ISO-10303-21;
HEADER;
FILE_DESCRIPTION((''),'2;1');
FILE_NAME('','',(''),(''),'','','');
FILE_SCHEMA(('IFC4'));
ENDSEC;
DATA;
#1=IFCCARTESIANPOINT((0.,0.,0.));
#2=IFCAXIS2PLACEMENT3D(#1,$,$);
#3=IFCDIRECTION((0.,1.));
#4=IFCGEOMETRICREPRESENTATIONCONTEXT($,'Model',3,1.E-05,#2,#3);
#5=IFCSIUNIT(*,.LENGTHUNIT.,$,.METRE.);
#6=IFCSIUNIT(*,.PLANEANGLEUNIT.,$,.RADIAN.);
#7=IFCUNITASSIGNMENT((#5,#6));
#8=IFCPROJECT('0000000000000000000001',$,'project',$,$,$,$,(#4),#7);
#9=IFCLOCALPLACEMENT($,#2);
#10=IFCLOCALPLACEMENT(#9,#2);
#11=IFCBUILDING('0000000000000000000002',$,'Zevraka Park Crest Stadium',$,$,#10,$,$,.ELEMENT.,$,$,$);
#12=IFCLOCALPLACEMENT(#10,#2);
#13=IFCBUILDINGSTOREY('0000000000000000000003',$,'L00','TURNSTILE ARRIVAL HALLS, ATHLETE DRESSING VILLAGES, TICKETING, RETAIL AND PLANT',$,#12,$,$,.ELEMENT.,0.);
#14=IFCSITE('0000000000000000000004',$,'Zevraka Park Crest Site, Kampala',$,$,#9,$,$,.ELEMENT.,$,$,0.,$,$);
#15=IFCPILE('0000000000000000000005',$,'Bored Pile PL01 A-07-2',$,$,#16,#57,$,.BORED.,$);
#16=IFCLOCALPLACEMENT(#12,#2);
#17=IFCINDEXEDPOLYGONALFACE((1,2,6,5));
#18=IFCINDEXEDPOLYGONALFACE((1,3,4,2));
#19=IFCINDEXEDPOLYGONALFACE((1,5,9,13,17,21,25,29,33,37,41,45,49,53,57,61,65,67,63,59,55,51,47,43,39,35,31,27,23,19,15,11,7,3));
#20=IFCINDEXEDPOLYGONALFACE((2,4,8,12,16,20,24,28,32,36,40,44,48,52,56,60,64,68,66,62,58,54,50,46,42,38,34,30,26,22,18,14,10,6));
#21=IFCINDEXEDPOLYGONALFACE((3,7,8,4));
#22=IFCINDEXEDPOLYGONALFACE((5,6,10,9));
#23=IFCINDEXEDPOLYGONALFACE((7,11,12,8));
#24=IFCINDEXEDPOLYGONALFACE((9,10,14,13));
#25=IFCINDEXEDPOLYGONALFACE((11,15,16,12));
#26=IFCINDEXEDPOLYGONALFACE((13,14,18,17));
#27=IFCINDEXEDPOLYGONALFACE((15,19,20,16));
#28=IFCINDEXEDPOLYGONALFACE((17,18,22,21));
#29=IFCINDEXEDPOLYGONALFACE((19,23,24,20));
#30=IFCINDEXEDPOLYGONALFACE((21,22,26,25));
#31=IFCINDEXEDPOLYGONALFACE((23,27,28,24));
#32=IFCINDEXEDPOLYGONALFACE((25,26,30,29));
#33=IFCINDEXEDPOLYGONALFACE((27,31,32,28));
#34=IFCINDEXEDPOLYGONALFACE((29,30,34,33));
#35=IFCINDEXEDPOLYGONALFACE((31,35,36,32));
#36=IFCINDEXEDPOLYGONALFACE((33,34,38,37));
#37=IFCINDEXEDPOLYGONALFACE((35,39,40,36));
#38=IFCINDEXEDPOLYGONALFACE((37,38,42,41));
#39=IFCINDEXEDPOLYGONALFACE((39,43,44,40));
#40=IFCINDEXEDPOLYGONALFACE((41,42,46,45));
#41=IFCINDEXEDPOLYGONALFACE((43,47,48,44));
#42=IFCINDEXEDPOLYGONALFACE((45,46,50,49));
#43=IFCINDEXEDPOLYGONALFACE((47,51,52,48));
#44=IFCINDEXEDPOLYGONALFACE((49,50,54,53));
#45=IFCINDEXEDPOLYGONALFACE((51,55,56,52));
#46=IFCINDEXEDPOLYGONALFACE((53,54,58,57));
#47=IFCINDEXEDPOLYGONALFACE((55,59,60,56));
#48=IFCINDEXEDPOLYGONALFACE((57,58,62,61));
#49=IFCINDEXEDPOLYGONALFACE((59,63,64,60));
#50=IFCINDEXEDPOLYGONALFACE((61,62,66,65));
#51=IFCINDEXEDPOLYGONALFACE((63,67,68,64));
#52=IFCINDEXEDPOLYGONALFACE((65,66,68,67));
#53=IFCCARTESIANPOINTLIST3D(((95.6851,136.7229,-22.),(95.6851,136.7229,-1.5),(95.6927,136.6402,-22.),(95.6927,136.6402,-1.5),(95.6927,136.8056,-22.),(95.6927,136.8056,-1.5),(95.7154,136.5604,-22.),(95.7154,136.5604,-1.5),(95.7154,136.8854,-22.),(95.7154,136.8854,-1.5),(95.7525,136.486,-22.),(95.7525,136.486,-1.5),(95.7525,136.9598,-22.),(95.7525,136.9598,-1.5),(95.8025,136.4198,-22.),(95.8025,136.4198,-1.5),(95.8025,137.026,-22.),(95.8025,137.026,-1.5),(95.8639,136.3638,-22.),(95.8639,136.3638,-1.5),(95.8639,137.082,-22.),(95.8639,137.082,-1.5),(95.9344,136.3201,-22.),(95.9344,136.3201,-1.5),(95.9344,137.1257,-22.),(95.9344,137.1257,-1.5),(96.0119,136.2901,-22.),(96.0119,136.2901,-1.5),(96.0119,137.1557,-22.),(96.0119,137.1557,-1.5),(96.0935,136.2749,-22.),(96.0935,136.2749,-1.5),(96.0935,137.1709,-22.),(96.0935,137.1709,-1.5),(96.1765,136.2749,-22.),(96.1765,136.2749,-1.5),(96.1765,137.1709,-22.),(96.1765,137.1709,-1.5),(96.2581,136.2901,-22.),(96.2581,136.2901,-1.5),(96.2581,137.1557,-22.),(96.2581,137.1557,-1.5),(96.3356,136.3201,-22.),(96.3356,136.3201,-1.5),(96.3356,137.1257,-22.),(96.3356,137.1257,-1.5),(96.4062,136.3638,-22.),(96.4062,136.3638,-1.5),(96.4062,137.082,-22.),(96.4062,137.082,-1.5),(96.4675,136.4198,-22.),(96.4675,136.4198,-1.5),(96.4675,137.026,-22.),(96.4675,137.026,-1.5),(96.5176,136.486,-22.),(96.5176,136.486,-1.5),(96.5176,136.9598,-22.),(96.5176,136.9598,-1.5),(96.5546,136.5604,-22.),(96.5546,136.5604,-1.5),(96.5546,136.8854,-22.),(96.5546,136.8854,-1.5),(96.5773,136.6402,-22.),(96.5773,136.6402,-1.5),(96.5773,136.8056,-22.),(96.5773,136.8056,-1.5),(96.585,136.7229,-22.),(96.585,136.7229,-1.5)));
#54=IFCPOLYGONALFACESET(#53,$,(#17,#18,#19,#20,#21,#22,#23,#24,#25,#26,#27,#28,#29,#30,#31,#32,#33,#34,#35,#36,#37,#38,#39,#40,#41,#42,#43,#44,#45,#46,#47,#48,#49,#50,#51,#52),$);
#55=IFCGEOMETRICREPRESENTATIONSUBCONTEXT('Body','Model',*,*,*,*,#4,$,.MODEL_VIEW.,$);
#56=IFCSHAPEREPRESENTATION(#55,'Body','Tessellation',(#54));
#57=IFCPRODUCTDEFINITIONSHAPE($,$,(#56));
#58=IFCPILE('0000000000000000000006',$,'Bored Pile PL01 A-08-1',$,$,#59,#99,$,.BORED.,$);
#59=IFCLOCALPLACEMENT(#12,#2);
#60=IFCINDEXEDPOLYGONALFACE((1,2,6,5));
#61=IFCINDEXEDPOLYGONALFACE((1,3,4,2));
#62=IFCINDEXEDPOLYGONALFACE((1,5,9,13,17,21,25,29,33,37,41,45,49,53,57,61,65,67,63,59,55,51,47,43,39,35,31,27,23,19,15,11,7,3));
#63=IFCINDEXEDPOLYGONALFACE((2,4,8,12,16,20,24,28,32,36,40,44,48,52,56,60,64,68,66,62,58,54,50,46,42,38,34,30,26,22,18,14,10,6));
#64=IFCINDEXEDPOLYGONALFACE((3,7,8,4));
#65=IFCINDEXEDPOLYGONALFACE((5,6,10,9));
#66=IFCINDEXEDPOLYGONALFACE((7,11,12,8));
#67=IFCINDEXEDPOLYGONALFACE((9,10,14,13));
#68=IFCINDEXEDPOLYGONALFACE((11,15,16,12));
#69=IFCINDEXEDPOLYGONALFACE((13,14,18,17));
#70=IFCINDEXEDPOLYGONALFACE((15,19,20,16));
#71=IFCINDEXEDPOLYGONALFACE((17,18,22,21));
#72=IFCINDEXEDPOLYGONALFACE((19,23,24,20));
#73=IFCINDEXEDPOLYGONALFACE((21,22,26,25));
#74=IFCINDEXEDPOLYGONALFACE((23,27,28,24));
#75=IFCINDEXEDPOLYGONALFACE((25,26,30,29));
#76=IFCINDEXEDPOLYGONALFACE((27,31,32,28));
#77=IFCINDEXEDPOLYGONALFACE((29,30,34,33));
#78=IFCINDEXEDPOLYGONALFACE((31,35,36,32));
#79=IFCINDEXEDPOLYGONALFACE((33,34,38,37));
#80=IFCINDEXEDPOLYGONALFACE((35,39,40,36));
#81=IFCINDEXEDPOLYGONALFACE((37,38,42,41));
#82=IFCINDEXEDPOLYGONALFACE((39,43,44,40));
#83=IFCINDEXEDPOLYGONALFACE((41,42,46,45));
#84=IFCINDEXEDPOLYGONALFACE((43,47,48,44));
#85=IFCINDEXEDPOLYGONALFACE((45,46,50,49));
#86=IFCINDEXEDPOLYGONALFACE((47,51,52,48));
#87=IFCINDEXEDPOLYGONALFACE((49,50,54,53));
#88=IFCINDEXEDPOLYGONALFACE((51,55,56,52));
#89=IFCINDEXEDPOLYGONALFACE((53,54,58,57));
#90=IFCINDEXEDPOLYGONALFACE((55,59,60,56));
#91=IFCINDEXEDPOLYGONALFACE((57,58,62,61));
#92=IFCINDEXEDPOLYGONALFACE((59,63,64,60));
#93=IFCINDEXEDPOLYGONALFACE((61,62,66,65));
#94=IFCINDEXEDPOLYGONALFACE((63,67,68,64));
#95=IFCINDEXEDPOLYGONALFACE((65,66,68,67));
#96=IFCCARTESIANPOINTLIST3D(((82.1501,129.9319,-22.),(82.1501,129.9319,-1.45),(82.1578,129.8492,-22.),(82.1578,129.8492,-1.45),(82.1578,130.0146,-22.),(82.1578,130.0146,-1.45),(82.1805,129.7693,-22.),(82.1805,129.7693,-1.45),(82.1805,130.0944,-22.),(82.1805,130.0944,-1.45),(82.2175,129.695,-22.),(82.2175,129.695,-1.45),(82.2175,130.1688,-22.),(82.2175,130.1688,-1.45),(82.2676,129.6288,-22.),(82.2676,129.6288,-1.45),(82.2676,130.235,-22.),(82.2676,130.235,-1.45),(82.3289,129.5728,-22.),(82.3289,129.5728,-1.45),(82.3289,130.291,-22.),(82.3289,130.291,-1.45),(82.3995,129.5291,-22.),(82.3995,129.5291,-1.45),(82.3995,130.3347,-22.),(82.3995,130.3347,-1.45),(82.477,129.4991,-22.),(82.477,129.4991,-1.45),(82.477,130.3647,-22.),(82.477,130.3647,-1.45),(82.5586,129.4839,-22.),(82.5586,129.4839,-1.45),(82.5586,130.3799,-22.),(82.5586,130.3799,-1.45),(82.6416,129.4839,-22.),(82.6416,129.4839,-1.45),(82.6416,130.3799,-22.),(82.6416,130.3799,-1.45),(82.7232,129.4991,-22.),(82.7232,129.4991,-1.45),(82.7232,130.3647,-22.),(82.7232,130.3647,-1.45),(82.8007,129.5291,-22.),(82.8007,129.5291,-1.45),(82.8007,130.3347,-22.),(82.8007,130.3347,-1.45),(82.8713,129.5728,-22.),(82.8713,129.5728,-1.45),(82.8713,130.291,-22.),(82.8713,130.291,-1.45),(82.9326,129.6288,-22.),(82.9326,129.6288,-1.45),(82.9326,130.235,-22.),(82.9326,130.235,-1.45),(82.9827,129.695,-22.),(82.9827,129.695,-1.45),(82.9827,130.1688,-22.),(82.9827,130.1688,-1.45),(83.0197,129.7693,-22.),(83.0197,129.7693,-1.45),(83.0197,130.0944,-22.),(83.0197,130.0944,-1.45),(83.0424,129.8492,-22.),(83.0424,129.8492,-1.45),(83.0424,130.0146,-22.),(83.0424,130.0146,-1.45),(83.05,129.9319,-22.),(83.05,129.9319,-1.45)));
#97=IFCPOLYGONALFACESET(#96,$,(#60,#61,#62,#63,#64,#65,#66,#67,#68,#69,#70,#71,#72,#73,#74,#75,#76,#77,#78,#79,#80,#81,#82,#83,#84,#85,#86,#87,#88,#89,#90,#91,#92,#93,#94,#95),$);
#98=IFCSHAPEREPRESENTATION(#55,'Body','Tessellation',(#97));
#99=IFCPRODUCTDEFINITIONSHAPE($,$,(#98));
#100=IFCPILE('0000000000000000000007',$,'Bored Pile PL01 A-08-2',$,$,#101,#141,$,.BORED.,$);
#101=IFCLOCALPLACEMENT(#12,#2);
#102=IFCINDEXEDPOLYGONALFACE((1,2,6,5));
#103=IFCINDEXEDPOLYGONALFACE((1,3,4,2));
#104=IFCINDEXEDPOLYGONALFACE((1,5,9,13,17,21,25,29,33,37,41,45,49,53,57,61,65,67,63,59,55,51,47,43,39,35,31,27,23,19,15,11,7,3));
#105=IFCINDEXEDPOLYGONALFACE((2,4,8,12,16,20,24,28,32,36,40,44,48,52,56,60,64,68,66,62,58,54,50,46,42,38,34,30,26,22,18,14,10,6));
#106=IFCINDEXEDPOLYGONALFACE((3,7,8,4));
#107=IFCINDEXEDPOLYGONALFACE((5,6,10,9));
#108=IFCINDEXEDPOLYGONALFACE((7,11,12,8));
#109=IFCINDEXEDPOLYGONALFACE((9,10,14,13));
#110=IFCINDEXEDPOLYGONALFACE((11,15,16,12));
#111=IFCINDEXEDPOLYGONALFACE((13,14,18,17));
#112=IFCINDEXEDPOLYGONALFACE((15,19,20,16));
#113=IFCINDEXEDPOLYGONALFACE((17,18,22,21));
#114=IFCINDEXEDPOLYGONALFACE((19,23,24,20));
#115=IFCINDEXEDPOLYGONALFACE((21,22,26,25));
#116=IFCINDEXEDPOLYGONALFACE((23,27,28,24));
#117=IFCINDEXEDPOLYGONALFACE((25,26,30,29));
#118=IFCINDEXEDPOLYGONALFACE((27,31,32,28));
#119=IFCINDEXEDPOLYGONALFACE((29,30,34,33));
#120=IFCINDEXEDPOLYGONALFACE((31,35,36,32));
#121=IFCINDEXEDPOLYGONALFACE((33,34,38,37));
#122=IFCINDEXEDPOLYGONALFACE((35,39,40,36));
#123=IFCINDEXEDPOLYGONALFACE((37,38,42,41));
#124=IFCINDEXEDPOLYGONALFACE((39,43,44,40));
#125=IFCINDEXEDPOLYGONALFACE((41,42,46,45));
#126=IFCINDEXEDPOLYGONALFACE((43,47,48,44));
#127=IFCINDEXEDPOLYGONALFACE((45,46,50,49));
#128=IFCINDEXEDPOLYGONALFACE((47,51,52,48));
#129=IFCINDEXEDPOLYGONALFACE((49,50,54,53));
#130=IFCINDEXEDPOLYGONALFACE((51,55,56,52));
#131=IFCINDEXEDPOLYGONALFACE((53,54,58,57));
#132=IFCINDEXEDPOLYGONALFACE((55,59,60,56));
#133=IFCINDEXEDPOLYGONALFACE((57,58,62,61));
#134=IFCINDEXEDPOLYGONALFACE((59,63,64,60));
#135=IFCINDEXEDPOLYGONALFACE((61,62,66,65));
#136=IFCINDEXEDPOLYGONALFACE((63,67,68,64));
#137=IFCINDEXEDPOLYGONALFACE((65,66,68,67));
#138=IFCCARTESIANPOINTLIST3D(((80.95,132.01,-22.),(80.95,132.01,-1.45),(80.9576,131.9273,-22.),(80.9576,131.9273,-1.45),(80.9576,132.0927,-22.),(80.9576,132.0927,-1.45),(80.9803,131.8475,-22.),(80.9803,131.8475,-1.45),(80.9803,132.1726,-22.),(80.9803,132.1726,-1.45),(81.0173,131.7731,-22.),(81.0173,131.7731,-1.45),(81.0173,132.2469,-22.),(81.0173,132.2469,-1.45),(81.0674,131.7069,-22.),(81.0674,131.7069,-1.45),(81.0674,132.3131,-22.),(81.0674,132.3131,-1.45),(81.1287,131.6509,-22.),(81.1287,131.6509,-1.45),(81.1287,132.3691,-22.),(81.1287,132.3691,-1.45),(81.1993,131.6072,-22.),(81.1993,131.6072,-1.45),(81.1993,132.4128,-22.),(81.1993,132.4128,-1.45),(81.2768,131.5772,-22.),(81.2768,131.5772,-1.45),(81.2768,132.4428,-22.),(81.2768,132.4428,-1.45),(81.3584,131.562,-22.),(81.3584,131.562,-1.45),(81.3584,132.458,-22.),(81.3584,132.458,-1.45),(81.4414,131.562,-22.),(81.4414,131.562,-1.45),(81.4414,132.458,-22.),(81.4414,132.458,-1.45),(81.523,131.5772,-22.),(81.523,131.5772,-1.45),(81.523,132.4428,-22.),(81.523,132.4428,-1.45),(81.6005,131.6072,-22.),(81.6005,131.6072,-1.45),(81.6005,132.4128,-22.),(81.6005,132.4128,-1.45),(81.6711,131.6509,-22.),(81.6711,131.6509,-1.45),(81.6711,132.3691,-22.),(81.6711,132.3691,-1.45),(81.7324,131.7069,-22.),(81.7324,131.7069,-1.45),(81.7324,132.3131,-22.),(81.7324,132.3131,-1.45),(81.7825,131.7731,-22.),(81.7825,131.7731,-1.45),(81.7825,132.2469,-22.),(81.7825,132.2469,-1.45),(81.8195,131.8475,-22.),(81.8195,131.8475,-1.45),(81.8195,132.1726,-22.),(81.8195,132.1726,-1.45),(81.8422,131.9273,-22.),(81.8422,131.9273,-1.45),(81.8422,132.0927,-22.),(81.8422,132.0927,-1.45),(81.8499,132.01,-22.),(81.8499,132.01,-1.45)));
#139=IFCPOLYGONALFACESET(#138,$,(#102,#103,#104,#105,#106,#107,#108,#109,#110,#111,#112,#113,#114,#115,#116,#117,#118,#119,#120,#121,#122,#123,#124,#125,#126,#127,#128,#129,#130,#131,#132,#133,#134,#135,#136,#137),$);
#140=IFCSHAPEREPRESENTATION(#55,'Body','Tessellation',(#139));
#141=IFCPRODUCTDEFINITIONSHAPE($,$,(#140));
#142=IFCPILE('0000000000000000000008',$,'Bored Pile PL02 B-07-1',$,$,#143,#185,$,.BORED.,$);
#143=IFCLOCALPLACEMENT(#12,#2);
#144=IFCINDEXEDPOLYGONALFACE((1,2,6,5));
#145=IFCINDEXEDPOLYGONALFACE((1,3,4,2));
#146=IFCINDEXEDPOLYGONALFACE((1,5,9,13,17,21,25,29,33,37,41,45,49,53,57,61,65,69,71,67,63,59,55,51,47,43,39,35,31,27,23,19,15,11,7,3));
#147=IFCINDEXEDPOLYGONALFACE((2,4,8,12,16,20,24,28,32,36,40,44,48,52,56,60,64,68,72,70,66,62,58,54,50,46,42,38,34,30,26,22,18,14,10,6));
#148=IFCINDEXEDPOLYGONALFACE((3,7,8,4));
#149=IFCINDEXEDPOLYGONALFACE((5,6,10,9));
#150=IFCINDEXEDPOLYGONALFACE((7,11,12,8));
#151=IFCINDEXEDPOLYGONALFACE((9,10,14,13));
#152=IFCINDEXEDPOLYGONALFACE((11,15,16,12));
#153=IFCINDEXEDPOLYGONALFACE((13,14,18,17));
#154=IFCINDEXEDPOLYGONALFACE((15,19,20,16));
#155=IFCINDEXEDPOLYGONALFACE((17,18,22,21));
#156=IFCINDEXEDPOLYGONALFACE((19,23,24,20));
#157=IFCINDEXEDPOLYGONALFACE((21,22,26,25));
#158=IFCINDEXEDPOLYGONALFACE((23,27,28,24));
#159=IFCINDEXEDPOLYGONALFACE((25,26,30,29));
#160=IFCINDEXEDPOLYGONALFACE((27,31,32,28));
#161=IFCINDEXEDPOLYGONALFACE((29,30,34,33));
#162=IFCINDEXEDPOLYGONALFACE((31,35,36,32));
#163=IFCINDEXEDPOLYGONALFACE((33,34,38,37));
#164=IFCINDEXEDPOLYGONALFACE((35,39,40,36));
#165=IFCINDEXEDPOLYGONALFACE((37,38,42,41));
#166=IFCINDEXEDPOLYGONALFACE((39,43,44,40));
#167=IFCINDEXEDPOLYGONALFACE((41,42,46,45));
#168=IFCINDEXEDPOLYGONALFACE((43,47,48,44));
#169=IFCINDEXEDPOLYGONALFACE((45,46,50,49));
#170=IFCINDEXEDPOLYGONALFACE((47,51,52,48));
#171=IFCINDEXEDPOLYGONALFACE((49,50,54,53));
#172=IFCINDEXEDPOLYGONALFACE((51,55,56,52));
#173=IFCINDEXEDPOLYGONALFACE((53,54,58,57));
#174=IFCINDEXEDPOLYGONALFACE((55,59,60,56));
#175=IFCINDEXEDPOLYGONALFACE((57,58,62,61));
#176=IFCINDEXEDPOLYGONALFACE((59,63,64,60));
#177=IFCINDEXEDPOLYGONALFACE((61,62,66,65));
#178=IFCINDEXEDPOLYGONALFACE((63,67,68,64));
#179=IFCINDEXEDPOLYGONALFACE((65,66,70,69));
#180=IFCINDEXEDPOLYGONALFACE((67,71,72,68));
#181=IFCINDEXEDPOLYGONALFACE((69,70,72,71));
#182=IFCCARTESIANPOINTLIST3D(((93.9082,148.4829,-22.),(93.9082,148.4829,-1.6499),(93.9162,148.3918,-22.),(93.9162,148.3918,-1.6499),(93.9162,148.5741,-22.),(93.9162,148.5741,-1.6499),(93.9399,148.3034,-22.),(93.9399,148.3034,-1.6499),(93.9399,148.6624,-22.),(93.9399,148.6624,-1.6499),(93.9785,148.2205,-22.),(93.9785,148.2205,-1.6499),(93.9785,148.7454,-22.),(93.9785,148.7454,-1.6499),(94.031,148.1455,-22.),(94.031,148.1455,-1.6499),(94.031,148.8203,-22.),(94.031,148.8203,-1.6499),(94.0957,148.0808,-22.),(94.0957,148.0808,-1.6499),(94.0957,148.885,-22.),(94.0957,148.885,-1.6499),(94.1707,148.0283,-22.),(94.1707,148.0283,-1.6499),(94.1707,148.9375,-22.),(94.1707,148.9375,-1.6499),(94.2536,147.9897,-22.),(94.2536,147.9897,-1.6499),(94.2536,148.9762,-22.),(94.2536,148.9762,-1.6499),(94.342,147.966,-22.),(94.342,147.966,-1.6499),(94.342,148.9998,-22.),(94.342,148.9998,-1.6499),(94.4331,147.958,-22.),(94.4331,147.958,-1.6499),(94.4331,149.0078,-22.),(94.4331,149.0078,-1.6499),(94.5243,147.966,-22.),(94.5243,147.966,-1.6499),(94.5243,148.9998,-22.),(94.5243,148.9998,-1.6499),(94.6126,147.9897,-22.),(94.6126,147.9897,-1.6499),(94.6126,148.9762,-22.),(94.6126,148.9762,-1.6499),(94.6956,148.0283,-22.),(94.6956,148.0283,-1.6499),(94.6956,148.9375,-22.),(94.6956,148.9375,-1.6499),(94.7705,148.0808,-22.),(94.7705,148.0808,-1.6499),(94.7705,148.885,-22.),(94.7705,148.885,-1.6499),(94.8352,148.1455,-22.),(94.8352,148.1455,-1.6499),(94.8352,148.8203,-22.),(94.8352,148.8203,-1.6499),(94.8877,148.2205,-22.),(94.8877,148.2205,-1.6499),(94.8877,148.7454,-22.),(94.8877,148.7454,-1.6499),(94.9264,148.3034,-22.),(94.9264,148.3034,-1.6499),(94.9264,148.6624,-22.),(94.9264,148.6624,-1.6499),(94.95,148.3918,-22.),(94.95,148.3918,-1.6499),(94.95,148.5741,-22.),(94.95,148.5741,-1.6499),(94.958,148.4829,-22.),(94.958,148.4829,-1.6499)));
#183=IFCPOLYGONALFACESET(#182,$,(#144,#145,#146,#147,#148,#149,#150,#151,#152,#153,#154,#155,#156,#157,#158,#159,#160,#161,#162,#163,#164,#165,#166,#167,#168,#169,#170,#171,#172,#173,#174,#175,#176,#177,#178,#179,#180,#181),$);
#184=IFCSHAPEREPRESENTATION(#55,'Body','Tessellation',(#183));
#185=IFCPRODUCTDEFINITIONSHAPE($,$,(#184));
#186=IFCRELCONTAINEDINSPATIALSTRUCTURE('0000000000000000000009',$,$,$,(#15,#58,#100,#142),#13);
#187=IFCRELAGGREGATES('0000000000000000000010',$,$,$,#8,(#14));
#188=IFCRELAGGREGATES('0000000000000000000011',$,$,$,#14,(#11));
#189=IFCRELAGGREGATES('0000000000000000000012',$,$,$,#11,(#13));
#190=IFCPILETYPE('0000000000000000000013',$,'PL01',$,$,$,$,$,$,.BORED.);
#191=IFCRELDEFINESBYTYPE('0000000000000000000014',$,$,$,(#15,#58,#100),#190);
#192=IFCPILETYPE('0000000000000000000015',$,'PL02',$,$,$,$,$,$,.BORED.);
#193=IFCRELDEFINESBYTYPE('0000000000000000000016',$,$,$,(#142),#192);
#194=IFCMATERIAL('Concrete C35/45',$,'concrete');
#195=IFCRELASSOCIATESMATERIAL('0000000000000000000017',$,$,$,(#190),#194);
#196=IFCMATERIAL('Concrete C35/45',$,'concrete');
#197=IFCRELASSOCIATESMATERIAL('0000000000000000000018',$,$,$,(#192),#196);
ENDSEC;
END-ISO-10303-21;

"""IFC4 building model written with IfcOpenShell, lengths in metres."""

from ifc_helpers import new_model, si_unit, direction, frame, origin, origin_2d, place, context, subcontext, project, spatial, circle, extrude, material, material_profile, profile_set, type_object, element, save


model = new_model("IFC4")

# Units and contexts
model_context = context("Model", 3, precision=1e-05, world=origin(), true_north=direction((0.0, 1.0)))
body_context = subcontext(model_context, "Body", "Model", "MODEL_VIEW")
ifc_project = project(units=[si_unit("LENGTHUNIT", "METRE"), si_unit("PLANEANGLEUNIT", "RADIAN")], contexts=[model_context])

# Site, building, storey
site_placement = place(None, origin())
site = spatial("IfcSite", under=ifc_project, at=site_placement, Name="Zevraka Park Crest Site, Kampala", CompositionType="ELEMENT", RefElevation=0.0)
building_placement = place(site_placement, origin())
building = spatial("IfcBuilding", under=site, at=building_placement, Name="Zevraka Park Crest Stadium", CompositionType="ELEMENT")
storey_placement = place(building_placement, origin())
storey = spatial("IfcBuildingStorey", under=building, at=storey_placement, Name="L00", Description="TURNSTILE ARRIVAL HALLS, ATHLETE DRESSING VILLAGES, TICKETING, RETAIL AND PLANT", CompositionType="ELEMENT", Elevation=0.0)

# Piles
ifc_material_1 = material(Name="Concrete C35/45", Category="concrete")
ifc_material_profile_1 = material_profile(ifc_material_1, circle(Radius=0.45, at=origin_2d()), Name="PILE D900")
ifc_profile_set_1 = profile_set([ifc_material_profile_1], Name="Concrete C35/45")
pile_type_1 = type_object("IfcPileType", Name="PL01", PredefinedType="BORED", material=ifc_profile_set_1)
for number, where, z_axis, x_axis, name in (
    (1, (96.135, 136.7229, -1.5), (0.0, 0.0, -1.0), (1.0, 0.0, 0.0), "Bored Pile PL01 A-07-2"),
):
    element("IfcPile", number, at=place(storey_placement, frame(where, z_axis=z_axis, x_axis=x_axis)), inside=storey, type_object=pile_type_1, Name=name, PredefinedType="BORED", context=body_context, shape_type="SweptSolid", body=[
        extrude(circle(Radius=0.45, at=origin_2d()), origin(), (0.0, 0.0, 1.0), 20.5),
    ])
for number, where, z_axis, x_axis, name in (
    (2, (82.6001, 129.9319, -1.45), (0.0, 0.0, -1.0), (1.0, 0.0, 0.0), "Bored Pile PL01 A-08-1"),
    (3, (81.3999, 132.01, -1.45), (0.0, 0.0, -1.0), (1.0, 0.0, 0.0), "Bored Pile PL01 A-08-2"),
):
    element("IfcPile", number, at=place(storey_placement, frame(where, z_axis=z_axis, x_axis=x_axis)), inside=storey, type_object=pile_type_1, Name=name, PredefinedType="BORED", context=body_context, shape_type="SweptSolid", body=[
        extrude(circle(Radius=0.45, at=origin_2d()), origin(), (0.0, 0.0, 1.0), 20.55),
    ])
ifc_material_2 = material(Name="Concrete C35/45", Category="concrete")
ifc_material_profile_2 = material_profile(ifc_material_2, circle(Radius=0.5249, at=origin_2d()), Name="PILE D1050")
ifc_profile_set_2 = profile_set([ifc_material_profile_2], Name="Concrete C35/45")
pile_type_2 = type_object("IfcPileType", Name="PL02", PredefinedType="BORED", material=ifc_profile_set_2)
for number, where, z_axis, x_axis, name in (
    (4, (94.4331, 148.4829, -1.6499), (0.0, 0.0, -1.0), (1.0, 0.0, 0.0), "Bored Pile PL02 B-07-1"),
):
    element("IfcPile", number, at=place(storey_placement, frame(where, z_axis=z_axis, x_axis=x_axis)), inside=storey, type_object=pile_type_2, Name=name, PredefinedType="BORED", context=body_context, shape_type="SweptSolid", body=[
        extrude(circle(Radius=0.5249, at=origin_2d()), origin(), (0.0, 0.0, 1.0), 20.3501),
    ])

save(model, "model.ifc")
